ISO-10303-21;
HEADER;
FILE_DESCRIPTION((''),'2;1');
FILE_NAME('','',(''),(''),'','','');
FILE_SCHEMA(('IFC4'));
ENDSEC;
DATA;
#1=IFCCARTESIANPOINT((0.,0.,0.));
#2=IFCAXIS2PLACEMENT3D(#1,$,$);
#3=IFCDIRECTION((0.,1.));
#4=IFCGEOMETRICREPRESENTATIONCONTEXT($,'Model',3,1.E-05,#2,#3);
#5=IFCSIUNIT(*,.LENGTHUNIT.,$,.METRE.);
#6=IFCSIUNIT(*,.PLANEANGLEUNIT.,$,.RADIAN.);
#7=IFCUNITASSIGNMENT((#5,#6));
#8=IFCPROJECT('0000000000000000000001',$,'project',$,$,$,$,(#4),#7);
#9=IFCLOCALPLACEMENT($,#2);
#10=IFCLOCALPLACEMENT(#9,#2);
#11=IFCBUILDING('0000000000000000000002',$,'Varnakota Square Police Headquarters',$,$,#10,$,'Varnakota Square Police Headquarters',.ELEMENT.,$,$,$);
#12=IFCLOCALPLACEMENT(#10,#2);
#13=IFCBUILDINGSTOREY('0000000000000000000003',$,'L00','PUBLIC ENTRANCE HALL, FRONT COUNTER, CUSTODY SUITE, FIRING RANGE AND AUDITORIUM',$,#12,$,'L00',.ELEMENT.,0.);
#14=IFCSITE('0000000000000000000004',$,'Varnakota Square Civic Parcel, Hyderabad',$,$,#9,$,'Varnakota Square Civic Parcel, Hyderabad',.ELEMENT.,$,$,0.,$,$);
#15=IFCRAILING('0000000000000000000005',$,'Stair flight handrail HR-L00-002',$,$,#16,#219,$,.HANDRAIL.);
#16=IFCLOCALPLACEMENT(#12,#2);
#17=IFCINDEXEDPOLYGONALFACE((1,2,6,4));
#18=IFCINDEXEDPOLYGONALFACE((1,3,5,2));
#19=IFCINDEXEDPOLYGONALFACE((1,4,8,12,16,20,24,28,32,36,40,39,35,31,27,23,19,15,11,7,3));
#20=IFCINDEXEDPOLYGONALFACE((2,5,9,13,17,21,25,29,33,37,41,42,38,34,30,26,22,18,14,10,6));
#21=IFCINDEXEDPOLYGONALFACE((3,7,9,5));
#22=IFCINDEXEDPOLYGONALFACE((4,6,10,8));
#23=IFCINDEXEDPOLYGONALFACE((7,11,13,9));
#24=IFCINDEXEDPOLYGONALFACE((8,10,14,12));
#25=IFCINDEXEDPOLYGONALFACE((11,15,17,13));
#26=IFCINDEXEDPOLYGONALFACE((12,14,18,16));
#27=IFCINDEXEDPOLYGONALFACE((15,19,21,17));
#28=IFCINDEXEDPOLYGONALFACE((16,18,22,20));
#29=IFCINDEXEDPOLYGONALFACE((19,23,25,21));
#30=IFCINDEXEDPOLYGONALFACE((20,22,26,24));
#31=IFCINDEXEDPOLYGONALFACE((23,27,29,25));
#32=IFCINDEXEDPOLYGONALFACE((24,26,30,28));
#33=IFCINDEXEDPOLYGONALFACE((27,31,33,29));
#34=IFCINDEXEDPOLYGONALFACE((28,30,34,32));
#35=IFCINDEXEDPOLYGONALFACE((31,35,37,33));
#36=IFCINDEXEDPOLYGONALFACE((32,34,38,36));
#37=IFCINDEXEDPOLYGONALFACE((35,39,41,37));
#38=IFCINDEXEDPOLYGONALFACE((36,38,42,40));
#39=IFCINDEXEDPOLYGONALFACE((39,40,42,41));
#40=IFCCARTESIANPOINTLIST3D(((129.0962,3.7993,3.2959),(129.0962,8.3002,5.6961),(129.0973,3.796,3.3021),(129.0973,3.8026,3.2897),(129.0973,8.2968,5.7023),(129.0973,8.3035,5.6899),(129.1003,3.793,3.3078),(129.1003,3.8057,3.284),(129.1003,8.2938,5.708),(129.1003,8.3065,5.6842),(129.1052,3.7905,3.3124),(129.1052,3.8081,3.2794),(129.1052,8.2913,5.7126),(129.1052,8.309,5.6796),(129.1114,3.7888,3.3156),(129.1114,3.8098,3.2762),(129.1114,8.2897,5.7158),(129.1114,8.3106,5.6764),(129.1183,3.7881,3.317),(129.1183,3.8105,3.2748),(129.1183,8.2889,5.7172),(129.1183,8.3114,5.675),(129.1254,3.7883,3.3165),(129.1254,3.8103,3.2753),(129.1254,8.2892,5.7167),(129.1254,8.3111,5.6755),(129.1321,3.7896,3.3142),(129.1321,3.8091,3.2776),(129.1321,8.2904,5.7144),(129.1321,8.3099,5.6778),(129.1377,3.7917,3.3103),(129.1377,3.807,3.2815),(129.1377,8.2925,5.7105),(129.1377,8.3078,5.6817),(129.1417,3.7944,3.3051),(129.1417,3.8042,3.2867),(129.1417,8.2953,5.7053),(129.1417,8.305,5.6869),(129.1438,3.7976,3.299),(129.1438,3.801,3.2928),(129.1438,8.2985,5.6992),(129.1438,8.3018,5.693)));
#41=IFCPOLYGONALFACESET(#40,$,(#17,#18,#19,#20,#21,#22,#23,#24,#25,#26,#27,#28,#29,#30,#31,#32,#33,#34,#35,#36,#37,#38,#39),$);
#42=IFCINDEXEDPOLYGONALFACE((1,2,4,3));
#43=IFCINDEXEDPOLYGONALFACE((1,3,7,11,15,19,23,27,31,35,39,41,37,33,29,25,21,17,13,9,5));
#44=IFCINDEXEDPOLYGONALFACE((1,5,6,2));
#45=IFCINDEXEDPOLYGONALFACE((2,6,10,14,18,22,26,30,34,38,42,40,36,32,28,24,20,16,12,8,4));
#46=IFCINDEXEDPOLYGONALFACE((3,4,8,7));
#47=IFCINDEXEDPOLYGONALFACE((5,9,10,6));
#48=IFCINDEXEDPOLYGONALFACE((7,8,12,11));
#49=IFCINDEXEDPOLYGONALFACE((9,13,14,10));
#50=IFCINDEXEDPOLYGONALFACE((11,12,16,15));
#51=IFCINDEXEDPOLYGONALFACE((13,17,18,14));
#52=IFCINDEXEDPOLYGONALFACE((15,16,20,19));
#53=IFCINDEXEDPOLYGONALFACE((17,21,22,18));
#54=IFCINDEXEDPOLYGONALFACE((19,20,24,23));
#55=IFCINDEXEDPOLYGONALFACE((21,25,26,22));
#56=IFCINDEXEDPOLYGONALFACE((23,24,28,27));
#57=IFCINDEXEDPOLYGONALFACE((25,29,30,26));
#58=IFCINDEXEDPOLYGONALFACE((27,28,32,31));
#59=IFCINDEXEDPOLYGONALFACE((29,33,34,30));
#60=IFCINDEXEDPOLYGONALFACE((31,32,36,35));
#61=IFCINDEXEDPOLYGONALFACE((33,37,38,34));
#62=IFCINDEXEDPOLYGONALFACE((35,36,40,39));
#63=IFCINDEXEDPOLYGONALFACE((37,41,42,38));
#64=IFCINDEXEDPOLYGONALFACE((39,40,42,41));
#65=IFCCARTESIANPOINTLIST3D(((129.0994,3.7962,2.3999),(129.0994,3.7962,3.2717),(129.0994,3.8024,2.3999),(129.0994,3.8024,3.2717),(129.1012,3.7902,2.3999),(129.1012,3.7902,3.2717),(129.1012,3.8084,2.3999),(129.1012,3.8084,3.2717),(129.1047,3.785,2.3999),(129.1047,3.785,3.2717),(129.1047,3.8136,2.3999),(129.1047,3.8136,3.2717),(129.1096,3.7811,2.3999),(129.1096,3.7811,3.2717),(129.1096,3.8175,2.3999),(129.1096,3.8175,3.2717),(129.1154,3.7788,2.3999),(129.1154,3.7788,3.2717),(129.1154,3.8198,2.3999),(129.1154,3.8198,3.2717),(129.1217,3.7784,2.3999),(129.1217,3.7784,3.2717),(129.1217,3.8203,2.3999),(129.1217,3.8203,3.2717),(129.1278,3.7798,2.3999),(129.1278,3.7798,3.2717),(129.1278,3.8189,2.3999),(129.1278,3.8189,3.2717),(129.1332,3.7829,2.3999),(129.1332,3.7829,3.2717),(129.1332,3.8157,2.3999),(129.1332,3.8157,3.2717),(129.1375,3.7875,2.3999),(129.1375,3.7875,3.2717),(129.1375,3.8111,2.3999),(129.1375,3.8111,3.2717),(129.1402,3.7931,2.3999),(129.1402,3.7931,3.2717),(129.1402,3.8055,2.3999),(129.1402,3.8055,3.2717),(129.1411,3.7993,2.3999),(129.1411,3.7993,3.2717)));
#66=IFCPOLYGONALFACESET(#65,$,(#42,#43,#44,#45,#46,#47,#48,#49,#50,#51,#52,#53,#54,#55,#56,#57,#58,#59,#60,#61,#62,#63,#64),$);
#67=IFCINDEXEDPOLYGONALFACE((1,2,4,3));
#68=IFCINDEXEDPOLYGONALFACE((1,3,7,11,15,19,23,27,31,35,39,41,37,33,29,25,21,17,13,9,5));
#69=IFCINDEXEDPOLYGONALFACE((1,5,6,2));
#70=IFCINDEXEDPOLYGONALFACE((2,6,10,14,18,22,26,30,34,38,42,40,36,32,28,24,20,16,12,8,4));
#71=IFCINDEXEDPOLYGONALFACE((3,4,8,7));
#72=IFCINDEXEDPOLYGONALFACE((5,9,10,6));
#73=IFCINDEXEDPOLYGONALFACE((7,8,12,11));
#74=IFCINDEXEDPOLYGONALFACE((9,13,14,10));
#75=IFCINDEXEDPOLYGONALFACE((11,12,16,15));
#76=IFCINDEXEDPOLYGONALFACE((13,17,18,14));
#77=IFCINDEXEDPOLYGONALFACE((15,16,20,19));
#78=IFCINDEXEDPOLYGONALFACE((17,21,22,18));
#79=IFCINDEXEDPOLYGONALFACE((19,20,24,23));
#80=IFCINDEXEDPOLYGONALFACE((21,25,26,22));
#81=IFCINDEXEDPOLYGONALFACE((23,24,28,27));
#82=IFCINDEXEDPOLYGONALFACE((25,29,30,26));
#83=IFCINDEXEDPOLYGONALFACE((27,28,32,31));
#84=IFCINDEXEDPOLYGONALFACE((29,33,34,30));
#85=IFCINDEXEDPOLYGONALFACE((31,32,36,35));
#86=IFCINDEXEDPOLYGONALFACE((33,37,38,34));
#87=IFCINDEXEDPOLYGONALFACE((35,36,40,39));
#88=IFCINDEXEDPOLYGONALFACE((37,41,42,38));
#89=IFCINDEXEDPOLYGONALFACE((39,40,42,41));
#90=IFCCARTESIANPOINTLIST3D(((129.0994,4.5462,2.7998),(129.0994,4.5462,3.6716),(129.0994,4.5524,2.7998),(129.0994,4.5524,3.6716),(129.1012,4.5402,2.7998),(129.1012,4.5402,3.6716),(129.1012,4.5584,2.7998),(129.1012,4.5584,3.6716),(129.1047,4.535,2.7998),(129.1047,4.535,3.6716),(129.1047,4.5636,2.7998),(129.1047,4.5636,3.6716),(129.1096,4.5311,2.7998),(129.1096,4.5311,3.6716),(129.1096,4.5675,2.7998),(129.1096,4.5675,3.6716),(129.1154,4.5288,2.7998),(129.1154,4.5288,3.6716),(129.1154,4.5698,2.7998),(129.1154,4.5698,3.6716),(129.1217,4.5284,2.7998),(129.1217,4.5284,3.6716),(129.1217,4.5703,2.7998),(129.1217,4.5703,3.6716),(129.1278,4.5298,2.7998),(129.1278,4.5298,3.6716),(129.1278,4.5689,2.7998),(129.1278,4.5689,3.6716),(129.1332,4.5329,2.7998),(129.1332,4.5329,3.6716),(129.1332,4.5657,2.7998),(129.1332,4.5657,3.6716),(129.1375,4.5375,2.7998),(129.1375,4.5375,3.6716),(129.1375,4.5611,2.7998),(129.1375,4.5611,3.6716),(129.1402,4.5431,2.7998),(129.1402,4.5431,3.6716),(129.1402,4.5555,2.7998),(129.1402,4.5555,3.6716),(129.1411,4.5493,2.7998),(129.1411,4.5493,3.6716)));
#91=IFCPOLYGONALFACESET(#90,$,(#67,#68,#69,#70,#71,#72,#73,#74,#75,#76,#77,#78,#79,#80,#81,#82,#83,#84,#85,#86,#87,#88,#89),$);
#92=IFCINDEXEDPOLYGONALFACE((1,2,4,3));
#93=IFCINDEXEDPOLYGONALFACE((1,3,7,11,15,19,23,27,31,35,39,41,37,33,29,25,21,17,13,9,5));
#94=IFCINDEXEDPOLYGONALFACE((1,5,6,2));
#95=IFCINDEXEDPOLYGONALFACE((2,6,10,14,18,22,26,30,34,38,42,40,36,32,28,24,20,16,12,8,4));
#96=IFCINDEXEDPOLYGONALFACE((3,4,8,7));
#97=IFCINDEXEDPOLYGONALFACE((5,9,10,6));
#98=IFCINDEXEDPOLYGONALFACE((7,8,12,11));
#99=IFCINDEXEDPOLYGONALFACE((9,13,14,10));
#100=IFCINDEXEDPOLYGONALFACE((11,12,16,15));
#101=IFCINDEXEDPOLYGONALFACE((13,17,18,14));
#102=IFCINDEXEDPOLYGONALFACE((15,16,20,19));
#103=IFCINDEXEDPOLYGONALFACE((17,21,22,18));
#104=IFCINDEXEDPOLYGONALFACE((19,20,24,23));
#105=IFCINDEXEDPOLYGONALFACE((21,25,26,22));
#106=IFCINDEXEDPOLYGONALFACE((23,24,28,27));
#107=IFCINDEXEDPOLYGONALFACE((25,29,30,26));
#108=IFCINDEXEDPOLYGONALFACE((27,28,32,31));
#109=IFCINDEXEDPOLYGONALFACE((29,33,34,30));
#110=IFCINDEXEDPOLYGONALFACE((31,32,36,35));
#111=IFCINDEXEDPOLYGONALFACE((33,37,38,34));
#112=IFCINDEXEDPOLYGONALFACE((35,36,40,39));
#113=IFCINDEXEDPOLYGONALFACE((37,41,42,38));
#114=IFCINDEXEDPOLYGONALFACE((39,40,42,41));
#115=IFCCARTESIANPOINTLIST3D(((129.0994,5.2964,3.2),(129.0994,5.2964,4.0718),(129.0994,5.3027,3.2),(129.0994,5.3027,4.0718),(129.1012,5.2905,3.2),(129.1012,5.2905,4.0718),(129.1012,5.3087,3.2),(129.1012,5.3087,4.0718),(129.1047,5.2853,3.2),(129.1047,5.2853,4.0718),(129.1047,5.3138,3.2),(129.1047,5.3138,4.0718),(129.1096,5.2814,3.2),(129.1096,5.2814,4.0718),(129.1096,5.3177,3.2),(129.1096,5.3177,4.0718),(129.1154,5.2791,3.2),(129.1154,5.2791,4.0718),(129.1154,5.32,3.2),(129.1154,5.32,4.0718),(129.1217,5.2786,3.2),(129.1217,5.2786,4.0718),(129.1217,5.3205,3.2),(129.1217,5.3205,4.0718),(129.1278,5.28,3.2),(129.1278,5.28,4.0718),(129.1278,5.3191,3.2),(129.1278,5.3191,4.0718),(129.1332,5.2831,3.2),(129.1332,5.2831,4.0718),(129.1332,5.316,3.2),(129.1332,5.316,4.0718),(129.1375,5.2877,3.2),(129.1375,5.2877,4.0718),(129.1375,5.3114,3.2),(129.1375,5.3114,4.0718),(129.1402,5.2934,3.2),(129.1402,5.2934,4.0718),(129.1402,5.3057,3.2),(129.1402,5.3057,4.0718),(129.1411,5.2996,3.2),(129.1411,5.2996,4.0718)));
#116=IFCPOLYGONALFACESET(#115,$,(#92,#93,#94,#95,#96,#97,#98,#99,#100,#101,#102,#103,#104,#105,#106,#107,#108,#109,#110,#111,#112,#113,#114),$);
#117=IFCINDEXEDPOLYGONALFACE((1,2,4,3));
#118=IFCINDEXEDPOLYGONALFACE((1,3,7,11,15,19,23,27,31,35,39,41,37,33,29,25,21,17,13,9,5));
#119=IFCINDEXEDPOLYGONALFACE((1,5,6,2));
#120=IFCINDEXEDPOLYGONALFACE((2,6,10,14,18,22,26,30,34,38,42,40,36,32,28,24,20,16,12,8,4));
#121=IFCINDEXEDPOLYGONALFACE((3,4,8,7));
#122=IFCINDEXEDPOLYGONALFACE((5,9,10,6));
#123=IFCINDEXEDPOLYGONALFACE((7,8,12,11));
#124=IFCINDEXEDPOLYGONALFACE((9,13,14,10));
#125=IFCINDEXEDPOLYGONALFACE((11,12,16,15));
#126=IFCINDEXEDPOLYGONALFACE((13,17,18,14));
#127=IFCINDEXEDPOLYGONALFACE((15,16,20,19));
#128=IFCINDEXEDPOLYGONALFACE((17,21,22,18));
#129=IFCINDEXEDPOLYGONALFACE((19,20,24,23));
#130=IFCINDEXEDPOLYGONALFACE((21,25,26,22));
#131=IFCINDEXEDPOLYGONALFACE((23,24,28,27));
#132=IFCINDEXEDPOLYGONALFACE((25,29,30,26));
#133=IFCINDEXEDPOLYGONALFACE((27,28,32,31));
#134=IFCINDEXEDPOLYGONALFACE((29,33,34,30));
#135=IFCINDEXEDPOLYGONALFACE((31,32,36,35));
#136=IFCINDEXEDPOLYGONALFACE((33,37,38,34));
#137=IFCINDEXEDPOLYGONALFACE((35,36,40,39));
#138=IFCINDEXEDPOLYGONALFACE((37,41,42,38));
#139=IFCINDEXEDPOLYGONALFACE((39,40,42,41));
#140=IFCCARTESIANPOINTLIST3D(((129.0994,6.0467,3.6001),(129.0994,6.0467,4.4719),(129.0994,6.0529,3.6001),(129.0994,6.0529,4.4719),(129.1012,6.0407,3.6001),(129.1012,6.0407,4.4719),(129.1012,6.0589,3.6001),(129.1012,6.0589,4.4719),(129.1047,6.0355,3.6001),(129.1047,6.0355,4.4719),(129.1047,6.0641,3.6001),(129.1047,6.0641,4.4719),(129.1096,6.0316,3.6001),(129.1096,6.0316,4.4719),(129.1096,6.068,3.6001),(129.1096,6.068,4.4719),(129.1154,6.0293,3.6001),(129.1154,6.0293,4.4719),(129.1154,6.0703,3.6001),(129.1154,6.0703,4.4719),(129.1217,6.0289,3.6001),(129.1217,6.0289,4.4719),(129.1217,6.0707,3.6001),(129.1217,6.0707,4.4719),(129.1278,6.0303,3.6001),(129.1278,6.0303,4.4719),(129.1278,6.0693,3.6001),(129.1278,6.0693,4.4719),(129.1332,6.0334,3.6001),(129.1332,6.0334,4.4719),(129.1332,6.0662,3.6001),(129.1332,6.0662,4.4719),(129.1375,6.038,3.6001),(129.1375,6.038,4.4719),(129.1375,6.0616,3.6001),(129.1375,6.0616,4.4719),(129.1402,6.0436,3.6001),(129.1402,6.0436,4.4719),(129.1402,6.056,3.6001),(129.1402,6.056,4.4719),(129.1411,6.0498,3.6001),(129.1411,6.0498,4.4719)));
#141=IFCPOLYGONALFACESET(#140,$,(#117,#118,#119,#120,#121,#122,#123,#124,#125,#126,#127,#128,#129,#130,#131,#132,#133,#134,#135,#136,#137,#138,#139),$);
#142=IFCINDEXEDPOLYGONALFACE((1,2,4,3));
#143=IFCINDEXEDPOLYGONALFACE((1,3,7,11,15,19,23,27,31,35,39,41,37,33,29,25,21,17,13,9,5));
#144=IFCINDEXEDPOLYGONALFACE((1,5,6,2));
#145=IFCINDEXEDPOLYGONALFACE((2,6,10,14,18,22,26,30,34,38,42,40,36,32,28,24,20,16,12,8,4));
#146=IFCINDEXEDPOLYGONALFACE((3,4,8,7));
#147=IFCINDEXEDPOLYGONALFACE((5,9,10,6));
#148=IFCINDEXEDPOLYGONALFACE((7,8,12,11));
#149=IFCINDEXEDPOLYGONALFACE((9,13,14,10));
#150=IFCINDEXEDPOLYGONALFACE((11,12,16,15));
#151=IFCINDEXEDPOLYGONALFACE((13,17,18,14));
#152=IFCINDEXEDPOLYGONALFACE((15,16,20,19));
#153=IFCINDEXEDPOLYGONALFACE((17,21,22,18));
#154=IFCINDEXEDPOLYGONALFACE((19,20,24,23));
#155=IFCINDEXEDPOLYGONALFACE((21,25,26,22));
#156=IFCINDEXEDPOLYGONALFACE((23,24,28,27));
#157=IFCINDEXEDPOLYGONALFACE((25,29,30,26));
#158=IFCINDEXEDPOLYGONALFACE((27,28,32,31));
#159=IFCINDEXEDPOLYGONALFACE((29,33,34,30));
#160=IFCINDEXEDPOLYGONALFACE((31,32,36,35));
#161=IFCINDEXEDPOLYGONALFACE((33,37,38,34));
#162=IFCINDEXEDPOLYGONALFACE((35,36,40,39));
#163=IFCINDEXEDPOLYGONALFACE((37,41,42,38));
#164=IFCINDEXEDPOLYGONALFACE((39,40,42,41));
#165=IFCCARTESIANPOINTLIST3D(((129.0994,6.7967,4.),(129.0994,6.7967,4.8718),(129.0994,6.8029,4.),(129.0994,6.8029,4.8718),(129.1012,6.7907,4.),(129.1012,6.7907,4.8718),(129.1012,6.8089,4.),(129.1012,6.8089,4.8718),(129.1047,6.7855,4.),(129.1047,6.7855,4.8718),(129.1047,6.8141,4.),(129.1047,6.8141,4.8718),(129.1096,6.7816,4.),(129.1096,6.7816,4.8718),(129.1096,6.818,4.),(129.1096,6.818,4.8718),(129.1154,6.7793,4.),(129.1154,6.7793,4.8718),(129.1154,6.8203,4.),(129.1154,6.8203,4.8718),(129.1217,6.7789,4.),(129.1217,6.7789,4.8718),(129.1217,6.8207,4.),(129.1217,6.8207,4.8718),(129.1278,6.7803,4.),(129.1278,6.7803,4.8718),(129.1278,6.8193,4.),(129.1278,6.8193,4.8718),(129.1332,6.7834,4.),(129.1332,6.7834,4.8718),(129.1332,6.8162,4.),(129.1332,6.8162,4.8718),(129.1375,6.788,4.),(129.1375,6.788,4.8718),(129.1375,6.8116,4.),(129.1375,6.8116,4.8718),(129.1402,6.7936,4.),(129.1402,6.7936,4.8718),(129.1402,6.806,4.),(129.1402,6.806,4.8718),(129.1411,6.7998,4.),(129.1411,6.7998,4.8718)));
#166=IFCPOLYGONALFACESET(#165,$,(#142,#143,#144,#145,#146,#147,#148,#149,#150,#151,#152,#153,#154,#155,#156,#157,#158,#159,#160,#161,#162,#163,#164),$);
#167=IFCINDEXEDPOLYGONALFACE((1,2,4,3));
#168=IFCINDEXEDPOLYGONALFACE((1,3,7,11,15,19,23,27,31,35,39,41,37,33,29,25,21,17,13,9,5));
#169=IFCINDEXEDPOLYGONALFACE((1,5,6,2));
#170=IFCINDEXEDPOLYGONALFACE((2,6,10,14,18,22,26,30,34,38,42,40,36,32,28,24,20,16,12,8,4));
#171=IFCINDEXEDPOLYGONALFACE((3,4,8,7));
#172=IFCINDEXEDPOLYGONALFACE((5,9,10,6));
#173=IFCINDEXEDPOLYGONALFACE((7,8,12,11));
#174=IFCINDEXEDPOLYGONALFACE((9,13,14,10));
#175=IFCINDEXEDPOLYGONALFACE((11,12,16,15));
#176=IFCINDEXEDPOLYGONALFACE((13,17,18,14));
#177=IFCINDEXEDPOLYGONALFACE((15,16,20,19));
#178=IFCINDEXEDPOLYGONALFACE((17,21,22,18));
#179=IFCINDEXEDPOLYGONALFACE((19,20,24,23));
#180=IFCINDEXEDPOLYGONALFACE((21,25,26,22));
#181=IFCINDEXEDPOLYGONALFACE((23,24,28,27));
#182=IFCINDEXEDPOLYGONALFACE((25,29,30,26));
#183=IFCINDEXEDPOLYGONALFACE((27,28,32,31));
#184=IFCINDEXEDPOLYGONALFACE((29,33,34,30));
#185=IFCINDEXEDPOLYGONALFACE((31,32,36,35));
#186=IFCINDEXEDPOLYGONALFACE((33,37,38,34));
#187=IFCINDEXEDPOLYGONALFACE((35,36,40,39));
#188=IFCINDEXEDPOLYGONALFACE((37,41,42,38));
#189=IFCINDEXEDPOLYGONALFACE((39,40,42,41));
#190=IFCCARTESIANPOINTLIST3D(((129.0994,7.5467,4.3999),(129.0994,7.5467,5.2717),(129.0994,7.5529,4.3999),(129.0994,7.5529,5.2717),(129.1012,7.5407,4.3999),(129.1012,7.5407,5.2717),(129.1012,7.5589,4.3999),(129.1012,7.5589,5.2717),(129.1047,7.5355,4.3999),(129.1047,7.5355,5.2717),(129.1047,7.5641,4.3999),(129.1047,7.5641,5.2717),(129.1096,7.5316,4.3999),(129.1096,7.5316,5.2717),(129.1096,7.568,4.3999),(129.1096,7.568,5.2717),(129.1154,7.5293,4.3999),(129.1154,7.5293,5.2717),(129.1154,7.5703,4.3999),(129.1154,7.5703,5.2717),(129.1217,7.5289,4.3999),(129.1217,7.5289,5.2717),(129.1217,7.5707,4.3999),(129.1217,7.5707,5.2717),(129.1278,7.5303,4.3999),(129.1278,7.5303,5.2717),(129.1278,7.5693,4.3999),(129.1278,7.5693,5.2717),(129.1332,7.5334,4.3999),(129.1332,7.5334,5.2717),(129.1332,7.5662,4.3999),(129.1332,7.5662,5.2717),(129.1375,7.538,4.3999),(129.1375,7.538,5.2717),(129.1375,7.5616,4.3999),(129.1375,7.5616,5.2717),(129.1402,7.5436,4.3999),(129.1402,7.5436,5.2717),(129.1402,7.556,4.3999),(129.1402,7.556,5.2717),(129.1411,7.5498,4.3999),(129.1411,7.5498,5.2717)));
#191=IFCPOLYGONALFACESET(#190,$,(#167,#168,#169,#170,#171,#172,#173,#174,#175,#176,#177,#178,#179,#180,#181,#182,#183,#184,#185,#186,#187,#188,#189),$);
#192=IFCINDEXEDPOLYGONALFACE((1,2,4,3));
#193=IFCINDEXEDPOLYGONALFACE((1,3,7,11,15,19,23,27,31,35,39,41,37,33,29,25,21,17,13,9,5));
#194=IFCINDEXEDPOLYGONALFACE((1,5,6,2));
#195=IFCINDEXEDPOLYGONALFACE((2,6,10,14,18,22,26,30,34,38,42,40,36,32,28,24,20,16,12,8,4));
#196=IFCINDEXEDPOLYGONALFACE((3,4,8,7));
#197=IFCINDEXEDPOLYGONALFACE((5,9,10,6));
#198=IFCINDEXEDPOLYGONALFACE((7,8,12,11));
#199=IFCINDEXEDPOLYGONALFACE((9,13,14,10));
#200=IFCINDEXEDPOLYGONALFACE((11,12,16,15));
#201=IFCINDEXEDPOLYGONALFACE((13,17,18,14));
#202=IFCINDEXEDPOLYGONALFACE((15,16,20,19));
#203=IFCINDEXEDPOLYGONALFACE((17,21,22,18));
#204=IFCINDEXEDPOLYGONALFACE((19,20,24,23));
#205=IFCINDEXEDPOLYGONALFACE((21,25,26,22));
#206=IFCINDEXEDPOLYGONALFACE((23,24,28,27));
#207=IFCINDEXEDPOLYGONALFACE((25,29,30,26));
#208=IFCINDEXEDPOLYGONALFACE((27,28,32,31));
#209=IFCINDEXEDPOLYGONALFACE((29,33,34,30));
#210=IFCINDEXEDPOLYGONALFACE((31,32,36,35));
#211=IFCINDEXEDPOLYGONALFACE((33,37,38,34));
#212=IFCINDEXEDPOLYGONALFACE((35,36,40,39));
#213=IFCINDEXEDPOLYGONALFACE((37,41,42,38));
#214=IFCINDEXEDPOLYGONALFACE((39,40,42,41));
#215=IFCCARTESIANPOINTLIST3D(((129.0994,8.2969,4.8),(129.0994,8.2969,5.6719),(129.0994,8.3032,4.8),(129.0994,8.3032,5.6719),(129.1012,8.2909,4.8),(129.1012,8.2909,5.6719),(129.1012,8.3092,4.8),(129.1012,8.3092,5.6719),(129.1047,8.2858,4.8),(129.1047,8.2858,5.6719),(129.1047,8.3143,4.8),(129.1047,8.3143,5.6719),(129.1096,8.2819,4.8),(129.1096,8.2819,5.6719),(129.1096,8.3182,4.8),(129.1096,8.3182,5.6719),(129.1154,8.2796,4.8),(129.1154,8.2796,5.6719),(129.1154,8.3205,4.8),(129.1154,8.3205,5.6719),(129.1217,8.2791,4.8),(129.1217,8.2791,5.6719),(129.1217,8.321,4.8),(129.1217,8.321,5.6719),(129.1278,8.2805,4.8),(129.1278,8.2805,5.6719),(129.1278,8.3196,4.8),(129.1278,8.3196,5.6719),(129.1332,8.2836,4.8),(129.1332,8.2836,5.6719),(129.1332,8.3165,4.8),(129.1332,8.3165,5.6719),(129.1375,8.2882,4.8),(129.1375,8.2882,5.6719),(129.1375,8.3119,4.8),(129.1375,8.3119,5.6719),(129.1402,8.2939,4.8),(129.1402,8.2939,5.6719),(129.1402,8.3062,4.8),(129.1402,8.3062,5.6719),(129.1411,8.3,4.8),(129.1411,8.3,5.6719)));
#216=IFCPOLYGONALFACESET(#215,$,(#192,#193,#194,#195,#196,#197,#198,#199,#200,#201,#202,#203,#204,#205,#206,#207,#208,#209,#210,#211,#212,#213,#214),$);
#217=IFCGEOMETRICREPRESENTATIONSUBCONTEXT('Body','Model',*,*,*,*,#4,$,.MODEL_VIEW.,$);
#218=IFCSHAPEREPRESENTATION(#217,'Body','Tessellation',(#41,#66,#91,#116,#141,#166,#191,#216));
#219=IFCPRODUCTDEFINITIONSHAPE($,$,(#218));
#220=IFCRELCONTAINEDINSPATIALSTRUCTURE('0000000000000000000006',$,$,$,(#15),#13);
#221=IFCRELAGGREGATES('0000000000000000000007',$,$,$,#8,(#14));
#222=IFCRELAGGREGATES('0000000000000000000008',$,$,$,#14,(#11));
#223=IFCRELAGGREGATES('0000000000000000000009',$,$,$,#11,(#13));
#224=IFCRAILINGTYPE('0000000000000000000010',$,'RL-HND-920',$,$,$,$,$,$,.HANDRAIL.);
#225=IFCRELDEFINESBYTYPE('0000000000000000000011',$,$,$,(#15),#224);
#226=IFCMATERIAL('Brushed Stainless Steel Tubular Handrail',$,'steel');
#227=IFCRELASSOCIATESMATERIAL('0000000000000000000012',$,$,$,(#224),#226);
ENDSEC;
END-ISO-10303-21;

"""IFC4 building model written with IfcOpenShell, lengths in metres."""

from ifc_helpers import new_model, si_unit, direction, frame, origin, origin_2d, place, context, subcontext, project, spatial, circle, extrude, material, type_object, element, save


model = new_model("IFC4")

# Units and contexts
model_context = context("Model", 3, precision=1e-05, world=origin(), true_north=direction((0.0, 1.0)))
body_context = subcontext(model_context, "Body", "Model", "MODEL_VIEW")
ifc_project = project(units=[si_unit("LENGTHUNIT", "METRE"), si_unit("PLANEANGLEUNIT", "RADIAN")], contexts=[model_context])

# Site, building, storey
site_placement = place(None, origin())
site = spatial("IfcSite", under=ifc_project, at=site_placement, Name="Varnakota Square Civic Parcel, Hyderabad", LongName="Varnakota Square Civic Parcel, Hyderabad", CompositionType="ELEMENT", RefElevation=0.0)
building_placement = place(site_placement, origin())
building = spatial("IfcBuilding", under=site, at=building_placement, Name="Varnakota Square Police Headquarters", LongName="Varnakota Square Police Headquarters", CompositionType="ELEMENT")
storey_placement = place(building_placement, origin())
storey = spatial("IfcBuildingStorey", under=building, at=storey_placement, Name="L00", Description="PUBLIC ENTRANCE HALL, FRONT COUNTER, CUSTODY SUITE, FIRING RANGE AND AUDITORIUM", LongName="L00", CompositionType="ELEMENT", Elevation=0.0)

# Railing
ifc_material_1 = material(Name="Brushed Stainless Steel Tubular Handrail", Category="steel")
railing_type_1 = type_object("IfcRailingType", Name="RL-HND-920", PredefinedType="HANDRAIL", material=ifc_material_1)
railing_1_placement = place(storey_placement, frame((129.1201, 3.7993, 2.3999)))
element("IfcRailing", 1, at=railing_1_placement, inside=storey, type_object=railing_type_1, Name="Stair flight handrail HR-L00-002", PredefinedType="HANDRAIL", context=body_context, shape_type="SweptSolid", body=[
    extrude(circle(Radius=0.0239, at=origin_2d()), frame((0.0, 0.0, 0.896), z_axis=(0.0, 0.882373, 0.470551), x_axis=(-1.0, 0.0, 0.0)), (0.0, 0.0, 1.0), 5.1008),
    extrude(circle(Radius=0.021, at=origin_2d()), origin(), (0.0, 0.0, 1.0), 0.8718),
    extrude(circle(Radius=0.021, at=origin_2d()), frame((0.0, 0.75, 0.3999)), (0.0, 0.0, 1.0), 0.8718),
    extrude(circle(Radius=0.021, at=origin_2d()), frame((0.0, 1.5002, 0.8)), (0.0, 0.0, 1.0), 0.8718),
    extrude(circle(Radius=0.021, at=origin_2d()), frame((0.0, 2.2505, 1.2002)), (0.0, 0.0, 1.0), 0.8718),
    extrude(circle(Radius=0.021, at=origin_2d()), frame((0.0, 3.0005, 1.6001)), (0.0, 0.0, 1.0), 0.8718),
    extrude(circle(Radius=0.021, at=origin_2d()), frame((0.0, 3.7505, 2.0)), (0.0, 0.0, 1.0), 0.8718),
    extrude(circle(Radius=0.021, at=origin_2d()), frame((0.0, 4.5007, 2.4001)), (0.0, 0.0, 1.0), 0.8718),
])

save(model, "model.ifc")
